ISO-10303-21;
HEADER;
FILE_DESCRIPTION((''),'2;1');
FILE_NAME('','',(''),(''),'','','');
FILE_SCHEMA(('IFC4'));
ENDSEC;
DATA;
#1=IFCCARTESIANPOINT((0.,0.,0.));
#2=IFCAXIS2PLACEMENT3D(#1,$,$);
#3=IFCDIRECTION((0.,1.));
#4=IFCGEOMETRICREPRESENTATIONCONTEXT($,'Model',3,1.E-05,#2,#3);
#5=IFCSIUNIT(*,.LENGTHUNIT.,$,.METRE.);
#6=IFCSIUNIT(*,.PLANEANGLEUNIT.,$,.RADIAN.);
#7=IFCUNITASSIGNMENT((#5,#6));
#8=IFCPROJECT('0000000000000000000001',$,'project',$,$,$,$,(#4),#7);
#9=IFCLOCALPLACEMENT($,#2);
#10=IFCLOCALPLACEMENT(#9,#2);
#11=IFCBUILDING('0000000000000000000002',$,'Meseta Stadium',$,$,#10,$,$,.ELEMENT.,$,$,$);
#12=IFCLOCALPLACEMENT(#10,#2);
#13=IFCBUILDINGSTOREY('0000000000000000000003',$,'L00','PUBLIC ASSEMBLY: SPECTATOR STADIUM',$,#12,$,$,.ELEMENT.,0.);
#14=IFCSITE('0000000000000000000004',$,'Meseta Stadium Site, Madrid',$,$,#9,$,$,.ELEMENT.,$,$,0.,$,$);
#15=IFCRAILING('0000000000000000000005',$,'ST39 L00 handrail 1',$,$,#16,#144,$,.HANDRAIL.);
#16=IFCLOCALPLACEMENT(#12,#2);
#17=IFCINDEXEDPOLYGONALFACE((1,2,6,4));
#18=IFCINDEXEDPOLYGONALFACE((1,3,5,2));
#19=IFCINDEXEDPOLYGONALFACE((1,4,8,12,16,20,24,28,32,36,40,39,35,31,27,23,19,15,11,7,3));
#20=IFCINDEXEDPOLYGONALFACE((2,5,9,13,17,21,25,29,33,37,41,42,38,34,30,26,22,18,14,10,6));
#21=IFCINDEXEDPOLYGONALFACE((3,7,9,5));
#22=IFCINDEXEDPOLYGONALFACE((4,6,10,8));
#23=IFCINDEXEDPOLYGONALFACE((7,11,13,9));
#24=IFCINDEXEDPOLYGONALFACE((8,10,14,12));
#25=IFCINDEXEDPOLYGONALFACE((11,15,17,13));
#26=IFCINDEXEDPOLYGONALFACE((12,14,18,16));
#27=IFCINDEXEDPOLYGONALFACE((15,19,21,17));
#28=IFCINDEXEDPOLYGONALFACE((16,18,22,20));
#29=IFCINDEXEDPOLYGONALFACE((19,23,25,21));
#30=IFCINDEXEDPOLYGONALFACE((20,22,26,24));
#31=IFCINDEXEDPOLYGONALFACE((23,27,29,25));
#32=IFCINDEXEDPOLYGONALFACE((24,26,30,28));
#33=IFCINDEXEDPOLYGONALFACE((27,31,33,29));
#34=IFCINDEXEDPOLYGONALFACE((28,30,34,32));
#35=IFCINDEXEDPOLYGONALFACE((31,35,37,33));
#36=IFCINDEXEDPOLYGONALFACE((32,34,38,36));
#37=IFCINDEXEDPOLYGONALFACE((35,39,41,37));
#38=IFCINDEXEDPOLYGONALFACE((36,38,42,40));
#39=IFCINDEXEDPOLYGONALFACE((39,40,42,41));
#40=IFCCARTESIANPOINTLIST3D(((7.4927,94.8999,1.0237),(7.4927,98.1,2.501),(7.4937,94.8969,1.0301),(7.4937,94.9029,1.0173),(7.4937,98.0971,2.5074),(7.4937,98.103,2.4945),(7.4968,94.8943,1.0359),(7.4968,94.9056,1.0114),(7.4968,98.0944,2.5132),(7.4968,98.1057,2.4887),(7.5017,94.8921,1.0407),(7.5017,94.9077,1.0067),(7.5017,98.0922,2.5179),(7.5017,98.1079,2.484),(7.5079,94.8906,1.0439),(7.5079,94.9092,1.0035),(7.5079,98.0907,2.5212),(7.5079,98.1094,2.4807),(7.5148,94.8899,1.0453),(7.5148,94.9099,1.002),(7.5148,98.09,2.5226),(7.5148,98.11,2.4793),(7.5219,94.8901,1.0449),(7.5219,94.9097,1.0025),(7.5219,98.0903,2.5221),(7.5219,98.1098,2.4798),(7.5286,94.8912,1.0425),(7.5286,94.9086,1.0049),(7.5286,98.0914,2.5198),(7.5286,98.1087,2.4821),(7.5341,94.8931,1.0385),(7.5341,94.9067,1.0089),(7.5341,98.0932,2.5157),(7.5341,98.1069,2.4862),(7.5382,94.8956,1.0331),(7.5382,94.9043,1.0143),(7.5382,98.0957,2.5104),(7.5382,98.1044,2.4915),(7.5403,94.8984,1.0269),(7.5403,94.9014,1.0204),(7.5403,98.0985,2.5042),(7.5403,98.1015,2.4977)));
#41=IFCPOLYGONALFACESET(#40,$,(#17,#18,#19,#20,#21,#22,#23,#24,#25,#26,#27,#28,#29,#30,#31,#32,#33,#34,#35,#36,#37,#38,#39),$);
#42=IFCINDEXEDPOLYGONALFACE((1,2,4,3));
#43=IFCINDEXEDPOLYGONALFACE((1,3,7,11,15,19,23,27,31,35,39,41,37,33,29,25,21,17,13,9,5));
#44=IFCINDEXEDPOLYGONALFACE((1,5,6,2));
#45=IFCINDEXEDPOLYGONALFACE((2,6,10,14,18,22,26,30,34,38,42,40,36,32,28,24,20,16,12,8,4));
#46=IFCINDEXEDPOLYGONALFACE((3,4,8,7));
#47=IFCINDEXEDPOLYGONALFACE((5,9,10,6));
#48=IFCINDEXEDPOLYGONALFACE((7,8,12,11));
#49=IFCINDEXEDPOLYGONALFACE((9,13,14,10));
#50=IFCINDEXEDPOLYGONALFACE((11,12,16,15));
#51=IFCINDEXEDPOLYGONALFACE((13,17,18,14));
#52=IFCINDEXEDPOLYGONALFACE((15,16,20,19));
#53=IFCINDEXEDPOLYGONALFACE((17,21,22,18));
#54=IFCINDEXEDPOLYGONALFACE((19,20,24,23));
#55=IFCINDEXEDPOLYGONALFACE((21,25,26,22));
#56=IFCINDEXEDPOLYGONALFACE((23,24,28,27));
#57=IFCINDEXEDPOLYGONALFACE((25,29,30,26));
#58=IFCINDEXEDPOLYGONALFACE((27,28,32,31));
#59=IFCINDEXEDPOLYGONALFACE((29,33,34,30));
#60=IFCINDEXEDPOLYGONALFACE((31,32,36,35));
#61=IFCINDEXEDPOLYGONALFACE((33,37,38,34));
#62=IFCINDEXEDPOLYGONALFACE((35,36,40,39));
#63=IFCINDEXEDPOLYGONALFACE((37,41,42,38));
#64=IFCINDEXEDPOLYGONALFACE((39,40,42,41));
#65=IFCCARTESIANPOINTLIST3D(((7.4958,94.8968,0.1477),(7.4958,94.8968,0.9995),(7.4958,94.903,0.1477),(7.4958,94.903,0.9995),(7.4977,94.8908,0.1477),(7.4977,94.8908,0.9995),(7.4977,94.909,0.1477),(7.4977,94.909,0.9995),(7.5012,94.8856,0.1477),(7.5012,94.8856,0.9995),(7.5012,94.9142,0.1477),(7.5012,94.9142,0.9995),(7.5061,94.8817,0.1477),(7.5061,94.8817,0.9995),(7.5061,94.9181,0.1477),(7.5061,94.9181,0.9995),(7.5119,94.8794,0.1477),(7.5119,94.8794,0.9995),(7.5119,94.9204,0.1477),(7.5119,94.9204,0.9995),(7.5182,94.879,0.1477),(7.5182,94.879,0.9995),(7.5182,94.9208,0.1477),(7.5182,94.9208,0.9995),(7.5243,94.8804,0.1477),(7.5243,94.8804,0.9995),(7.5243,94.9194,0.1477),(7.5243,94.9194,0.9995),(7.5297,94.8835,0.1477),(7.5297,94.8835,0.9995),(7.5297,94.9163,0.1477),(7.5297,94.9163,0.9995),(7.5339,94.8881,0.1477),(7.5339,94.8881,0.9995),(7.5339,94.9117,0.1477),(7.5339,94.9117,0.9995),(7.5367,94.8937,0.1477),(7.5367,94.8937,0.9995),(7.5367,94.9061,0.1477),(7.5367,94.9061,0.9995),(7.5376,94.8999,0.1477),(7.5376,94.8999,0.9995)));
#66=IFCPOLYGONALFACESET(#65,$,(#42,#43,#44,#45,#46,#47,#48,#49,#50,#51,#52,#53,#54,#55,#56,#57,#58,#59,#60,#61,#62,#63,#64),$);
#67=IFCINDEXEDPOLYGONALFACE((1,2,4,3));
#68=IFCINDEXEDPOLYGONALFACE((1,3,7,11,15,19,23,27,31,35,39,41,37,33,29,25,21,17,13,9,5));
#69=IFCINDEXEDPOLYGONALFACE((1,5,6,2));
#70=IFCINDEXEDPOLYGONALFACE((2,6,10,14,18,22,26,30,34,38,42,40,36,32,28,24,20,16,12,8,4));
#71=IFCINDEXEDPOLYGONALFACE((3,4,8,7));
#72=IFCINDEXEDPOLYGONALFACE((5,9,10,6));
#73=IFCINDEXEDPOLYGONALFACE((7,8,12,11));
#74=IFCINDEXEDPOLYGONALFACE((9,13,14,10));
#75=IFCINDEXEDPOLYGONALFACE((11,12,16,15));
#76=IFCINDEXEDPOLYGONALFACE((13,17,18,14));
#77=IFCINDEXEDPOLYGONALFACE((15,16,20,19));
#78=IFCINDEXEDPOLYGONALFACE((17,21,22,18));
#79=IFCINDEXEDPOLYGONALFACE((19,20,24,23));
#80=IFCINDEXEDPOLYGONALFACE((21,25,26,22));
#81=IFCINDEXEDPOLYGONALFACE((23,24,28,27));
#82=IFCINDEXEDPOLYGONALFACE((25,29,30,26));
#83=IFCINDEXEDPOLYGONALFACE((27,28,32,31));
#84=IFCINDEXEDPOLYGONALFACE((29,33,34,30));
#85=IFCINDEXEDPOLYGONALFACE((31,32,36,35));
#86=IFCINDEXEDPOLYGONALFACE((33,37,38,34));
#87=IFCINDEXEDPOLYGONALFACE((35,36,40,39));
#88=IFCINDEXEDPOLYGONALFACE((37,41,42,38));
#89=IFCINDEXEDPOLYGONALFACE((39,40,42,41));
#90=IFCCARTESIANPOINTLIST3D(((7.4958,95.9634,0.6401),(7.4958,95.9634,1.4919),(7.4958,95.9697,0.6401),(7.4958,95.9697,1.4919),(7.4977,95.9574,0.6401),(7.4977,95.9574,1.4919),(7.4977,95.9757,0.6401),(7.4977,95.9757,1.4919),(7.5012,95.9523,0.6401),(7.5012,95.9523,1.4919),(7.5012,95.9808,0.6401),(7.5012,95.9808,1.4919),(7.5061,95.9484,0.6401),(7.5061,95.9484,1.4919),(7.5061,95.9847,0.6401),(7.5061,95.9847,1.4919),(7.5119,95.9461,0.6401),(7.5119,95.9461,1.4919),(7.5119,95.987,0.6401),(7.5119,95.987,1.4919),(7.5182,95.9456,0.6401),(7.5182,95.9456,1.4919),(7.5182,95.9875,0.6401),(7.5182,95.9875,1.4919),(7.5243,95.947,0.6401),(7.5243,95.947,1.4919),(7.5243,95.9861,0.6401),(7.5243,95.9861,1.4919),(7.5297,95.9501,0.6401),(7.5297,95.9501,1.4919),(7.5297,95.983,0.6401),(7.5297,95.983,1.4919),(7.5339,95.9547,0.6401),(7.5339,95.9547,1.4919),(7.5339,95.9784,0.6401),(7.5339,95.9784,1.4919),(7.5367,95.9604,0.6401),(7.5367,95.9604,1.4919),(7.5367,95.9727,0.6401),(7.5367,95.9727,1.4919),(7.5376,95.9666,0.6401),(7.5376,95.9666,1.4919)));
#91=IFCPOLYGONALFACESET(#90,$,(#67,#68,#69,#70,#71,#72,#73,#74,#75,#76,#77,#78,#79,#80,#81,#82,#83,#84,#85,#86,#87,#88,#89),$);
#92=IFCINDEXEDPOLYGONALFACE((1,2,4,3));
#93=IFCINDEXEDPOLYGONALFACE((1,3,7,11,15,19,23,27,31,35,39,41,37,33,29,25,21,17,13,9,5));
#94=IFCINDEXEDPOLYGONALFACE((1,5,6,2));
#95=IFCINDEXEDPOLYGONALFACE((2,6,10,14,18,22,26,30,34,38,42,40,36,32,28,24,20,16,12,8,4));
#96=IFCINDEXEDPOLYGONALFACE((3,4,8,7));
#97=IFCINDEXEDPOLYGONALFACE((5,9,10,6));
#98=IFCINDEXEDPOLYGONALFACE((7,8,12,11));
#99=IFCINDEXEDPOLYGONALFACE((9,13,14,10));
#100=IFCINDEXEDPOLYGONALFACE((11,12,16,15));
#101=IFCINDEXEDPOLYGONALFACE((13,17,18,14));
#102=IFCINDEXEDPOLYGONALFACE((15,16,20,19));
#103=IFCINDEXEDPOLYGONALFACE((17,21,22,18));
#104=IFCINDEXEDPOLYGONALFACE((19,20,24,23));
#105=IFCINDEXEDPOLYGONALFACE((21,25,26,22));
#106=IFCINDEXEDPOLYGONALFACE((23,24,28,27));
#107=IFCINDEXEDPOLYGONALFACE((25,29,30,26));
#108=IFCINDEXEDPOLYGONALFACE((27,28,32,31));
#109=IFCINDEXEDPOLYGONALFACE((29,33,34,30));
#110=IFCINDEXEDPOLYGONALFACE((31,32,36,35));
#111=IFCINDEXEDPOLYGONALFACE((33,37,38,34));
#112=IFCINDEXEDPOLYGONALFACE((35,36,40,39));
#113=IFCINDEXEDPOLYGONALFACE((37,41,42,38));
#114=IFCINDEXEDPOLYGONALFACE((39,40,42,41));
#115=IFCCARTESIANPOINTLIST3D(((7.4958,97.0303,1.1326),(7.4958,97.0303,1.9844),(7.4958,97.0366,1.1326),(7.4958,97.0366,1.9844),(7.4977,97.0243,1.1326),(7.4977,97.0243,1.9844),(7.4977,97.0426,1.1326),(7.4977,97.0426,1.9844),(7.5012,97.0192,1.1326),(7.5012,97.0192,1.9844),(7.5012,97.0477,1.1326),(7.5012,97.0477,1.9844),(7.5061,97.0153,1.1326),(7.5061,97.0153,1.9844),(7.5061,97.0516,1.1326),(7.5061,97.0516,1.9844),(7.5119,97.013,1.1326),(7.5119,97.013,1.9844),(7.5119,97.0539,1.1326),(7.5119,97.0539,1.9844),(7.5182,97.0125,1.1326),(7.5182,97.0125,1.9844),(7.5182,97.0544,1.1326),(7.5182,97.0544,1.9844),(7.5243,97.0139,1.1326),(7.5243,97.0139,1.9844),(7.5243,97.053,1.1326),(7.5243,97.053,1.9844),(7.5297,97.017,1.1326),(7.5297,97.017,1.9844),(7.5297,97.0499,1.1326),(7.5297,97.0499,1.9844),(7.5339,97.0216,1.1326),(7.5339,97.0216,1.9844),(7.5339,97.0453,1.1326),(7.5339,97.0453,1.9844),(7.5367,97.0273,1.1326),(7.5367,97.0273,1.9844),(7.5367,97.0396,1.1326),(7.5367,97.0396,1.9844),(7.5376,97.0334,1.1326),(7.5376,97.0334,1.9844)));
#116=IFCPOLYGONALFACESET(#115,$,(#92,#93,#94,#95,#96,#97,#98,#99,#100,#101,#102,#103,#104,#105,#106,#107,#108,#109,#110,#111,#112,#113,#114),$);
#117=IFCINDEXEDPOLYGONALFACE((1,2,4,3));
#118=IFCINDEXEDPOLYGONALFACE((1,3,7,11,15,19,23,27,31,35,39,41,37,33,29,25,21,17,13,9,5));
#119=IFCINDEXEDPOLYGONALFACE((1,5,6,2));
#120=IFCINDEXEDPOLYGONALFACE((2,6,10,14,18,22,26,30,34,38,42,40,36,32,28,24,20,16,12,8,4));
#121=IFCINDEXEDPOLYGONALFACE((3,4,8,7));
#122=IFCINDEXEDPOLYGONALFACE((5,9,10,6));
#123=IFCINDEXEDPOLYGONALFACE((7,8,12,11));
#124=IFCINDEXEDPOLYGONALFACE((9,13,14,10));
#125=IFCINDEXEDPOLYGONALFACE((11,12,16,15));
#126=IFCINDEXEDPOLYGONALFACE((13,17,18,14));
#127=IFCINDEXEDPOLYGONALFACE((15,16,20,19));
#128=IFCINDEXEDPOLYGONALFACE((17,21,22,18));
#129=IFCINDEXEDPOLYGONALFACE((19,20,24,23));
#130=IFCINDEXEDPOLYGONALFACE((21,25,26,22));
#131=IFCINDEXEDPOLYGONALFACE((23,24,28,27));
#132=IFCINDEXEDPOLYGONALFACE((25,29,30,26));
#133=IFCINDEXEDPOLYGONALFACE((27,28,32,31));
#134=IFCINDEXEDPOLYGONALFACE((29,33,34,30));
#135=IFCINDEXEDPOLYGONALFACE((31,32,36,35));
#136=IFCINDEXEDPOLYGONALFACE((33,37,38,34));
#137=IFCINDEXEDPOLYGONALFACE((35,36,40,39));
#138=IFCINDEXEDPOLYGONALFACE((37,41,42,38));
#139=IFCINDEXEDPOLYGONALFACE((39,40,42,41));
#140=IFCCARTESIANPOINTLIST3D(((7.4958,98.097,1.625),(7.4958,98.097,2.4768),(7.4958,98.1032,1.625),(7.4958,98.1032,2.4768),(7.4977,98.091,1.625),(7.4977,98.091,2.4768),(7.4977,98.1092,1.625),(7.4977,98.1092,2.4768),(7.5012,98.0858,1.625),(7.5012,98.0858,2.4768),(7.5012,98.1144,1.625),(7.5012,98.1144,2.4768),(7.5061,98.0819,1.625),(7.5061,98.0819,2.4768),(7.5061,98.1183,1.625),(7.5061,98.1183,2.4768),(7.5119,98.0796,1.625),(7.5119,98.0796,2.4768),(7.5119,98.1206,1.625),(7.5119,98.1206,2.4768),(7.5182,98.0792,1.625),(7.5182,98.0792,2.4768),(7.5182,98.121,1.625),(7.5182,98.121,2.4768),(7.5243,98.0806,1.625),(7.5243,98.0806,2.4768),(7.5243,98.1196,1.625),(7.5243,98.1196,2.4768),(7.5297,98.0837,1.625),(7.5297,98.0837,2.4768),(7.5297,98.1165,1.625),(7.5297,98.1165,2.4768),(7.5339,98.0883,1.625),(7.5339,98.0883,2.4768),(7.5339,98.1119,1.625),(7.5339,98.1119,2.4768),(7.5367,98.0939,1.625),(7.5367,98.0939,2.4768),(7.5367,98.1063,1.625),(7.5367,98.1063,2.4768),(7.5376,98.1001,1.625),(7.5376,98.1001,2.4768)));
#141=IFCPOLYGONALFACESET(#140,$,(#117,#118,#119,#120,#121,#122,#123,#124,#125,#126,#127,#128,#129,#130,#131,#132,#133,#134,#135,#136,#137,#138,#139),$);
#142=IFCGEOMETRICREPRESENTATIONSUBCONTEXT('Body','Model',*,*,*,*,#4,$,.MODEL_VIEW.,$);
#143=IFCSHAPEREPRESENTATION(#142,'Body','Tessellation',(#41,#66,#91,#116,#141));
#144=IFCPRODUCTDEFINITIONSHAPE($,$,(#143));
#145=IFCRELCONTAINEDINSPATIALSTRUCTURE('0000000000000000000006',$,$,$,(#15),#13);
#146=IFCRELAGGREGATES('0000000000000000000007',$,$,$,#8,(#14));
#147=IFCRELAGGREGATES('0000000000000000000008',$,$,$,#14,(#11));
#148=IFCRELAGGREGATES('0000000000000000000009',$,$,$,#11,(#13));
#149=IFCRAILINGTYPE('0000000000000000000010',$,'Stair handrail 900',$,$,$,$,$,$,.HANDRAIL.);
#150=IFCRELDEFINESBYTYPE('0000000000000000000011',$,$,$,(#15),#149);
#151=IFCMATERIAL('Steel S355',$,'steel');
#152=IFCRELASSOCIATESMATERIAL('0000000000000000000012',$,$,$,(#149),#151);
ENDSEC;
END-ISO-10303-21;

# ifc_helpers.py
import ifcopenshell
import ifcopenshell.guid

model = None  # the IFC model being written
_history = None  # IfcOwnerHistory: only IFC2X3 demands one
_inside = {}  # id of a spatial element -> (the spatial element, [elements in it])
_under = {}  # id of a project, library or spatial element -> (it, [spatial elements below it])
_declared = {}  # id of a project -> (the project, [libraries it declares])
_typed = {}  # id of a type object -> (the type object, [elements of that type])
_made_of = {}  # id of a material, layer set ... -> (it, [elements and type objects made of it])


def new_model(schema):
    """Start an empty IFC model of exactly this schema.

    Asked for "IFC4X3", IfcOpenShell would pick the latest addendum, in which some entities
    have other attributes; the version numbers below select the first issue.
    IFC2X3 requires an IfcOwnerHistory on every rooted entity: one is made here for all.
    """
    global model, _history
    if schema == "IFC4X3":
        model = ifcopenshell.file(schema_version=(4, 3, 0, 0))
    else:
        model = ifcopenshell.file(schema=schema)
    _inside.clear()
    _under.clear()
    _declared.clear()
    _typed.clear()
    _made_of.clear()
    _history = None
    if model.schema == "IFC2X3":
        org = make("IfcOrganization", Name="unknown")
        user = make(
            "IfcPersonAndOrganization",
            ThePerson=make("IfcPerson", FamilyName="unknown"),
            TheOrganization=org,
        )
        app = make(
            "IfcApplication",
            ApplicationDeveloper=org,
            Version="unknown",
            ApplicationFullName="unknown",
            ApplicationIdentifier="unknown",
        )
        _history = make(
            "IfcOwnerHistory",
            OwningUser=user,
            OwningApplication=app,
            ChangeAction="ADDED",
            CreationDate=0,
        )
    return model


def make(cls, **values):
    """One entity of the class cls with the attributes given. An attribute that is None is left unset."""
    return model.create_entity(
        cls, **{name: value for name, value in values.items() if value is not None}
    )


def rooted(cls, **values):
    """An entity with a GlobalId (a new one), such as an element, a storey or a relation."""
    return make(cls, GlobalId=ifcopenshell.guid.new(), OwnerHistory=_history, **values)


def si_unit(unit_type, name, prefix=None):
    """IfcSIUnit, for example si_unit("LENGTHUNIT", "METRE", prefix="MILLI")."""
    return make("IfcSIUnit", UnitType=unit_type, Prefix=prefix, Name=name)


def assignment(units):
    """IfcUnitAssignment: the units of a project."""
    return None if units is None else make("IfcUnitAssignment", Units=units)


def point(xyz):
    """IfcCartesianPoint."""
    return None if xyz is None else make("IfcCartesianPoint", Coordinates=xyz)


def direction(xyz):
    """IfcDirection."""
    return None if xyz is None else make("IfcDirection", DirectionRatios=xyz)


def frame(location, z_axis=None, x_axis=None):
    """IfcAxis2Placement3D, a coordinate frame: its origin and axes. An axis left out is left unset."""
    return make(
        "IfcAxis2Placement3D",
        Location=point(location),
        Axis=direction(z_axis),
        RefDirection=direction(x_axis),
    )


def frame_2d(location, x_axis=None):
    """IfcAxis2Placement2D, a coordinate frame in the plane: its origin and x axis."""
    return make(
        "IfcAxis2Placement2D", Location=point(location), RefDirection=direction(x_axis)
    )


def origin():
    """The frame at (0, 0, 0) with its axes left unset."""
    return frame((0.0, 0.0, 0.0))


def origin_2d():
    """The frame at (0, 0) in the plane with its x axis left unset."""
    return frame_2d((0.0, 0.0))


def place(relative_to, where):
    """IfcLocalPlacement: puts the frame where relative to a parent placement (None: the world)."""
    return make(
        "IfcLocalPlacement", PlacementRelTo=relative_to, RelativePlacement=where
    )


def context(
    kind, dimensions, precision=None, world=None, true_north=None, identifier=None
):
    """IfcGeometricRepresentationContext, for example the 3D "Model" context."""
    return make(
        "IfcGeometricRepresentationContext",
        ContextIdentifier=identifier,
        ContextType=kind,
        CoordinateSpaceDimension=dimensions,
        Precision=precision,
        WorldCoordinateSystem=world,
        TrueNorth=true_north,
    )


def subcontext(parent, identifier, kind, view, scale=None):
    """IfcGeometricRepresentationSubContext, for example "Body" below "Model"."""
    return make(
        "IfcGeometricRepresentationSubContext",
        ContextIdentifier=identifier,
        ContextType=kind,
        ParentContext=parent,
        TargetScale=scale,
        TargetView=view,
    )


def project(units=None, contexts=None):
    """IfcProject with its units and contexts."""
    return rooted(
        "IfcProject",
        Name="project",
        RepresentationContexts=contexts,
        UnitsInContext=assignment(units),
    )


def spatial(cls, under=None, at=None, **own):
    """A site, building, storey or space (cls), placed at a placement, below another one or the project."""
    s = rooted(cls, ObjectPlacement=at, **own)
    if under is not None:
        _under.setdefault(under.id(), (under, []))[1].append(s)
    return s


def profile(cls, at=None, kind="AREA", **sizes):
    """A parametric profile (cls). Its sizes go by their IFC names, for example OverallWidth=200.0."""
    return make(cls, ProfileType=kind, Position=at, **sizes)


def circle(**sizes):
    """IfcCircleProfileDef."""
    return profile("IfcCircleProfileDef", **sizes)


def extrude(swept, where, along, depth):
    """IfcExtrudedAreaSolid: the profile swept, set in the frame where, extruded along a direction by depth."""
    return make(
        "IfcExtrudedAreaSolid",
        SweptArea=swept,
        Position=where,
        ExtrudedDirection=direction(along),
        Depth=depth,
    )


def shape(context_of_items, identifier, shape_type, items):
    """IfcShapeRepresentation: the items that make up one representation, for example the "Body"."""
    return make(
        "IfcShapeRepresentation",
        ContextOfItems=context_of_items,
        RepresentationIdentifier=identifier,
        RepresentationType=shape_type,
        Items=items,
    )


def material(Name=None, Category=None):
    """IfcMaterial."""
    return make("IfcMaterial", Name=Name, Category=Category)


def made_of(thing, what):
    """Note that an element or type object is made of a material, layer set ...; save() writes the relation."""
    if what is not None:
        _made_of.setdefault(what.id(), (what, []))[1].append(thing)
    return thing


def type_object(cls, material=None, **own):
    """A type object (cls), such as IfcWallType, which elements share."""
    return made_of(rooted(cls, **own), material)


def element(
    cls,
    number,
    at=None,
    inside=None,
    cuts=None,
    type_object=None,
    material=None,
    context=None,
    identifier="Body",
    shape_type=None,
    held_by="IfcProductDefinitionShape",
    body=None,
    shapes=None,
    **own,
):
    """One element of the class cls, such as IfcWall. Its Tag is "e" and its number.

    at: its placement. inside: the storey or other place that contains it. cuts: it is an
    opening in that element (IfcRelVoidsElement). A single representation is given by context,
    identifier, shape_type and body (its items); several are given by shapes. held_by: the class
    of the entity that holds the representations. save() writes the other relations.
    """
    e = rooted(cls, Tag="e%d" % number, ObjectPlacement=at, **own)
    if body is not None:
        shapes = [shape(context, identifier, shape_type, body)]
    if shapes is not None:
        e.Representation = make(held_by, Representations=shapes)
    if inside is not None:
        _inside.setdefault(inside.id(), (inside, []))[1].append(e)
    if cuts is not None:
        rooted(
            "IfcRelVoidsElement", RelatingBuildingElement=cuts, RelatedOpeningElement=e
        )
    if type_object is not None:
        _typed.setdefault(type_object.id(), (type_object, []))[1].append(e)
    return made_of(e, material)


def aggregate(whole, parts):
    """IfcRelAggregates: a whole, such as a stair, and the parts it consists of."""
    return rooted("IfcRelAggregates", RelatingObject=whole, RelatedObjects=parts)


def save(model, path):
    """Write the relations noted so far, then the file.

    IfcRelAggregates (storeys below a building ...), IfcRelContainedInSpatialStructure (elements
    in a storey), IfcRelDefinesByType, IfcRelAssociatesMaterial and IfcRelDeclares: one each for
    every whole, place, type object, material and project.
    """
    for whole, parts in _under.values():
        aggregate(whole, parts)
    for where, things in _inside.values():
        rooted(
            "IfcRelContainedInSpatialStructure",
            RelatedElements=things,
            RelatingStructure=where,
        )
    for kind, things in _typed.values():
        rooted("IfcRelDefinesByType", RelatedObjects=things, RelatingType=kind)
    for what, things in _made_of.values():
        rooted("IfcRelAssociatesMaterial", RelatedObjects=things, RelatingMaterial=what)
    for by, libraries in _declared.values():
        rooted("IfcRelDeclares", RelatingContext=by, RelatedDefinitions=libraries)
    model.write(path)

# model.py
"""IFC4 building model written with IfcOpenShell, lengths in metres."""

from ifc_helpers import new_model, si_unit, direction, frame, origin, origin_2d, place, context, subcontext, project, spatial, circle, extrude, material, type_object, element, save


model = new_model("IFC4")

# Units and contexts
model_context = context("Model", 3, precision=1e-05, world=origin(), true_north=direction((0.0, 1.0)))
body_context = subcontext(model_context, "Body", "Model", "MODEL_VIEW")
ifc_project = project(units=[si_unit("LENGTHUNIT", "METRE"), si_unit("PLANEANGLEUNIT", "RADIAN")], contexts=[model_context])

# Site, building, storey
site_placement = place(None, origin())
site = spatial("IfcSite", under=ifc_project, at=site_placement, Name="Meseta Stadium Site, Madrid", CompositionType="ELEMENT", RefElevation=0.0)
building_placement = place(site_placement, origin())
building = spatial("IfcBuilding", under=site, at=building_placement, Name="Meseta Stadium", CompositionType="ELEMENT")
storey_placement = place(building_placement, origin())
storey = spatial("IfcBuildingStorey", under=building, at=storey_placement, Name="L00", Description="PUBLIC ASSEMBLY: SPECTATOR STADIUM", CompositionType="ELEMENT", Elevation=0.0)

# Railing
ifc_material_1 = material(Name="Steel S355", Category="steel")
railing_type_1 = type_object("IfcRailingType", Name="Stair handrail 900", PredefinedType="HANDRAIL", material=ifc_material_1)
railing_1_placement = place(storey_placement, frame((7.5166, 94.8999, 0.1477)))
element("IfcRailing", 1, at=railing_1_placement, inside=storey, type_object=railing_type_1, Name="ST39 L00 handrail 1", PredefinedType="HANDRAIL", context=body_context, shape_type="SweptSolid", body=[
    extrude(circle(Radius=0.0239, at=origin_2d()), frame((0.0, 0.0, 0.876), z_axis=(0.0, 0.907929, 0.419124), x_axis=(-1.0, 0.0, 0.0)), (0.0, 0.0, 1.0), 3.5247),
    extrude(circle(Radius=0.021, at=origin_2d()), origin(), (0.0, 0.0, 1.0), 0.8518),
    extrude(circle(Radius=0.021, at=origin_2d()), frame((0.0, 1.0667, 0.4924)), (0.0, 0.0, 1.0), 0.8518),
    extrude(circle(Radius=0.021, at=origin_2d()), frame((0.0, 2.1335, 0.9849)), (0.0, 0.0, 1.0), 0.8518),
    extrude(circle(Radius=0.021, at=origin_2d()), frame((0.0, 3.2002, 1.4773)), (0.0, 0.0, 1.0), 0.8518),
])

save(model, "model.ifc")
